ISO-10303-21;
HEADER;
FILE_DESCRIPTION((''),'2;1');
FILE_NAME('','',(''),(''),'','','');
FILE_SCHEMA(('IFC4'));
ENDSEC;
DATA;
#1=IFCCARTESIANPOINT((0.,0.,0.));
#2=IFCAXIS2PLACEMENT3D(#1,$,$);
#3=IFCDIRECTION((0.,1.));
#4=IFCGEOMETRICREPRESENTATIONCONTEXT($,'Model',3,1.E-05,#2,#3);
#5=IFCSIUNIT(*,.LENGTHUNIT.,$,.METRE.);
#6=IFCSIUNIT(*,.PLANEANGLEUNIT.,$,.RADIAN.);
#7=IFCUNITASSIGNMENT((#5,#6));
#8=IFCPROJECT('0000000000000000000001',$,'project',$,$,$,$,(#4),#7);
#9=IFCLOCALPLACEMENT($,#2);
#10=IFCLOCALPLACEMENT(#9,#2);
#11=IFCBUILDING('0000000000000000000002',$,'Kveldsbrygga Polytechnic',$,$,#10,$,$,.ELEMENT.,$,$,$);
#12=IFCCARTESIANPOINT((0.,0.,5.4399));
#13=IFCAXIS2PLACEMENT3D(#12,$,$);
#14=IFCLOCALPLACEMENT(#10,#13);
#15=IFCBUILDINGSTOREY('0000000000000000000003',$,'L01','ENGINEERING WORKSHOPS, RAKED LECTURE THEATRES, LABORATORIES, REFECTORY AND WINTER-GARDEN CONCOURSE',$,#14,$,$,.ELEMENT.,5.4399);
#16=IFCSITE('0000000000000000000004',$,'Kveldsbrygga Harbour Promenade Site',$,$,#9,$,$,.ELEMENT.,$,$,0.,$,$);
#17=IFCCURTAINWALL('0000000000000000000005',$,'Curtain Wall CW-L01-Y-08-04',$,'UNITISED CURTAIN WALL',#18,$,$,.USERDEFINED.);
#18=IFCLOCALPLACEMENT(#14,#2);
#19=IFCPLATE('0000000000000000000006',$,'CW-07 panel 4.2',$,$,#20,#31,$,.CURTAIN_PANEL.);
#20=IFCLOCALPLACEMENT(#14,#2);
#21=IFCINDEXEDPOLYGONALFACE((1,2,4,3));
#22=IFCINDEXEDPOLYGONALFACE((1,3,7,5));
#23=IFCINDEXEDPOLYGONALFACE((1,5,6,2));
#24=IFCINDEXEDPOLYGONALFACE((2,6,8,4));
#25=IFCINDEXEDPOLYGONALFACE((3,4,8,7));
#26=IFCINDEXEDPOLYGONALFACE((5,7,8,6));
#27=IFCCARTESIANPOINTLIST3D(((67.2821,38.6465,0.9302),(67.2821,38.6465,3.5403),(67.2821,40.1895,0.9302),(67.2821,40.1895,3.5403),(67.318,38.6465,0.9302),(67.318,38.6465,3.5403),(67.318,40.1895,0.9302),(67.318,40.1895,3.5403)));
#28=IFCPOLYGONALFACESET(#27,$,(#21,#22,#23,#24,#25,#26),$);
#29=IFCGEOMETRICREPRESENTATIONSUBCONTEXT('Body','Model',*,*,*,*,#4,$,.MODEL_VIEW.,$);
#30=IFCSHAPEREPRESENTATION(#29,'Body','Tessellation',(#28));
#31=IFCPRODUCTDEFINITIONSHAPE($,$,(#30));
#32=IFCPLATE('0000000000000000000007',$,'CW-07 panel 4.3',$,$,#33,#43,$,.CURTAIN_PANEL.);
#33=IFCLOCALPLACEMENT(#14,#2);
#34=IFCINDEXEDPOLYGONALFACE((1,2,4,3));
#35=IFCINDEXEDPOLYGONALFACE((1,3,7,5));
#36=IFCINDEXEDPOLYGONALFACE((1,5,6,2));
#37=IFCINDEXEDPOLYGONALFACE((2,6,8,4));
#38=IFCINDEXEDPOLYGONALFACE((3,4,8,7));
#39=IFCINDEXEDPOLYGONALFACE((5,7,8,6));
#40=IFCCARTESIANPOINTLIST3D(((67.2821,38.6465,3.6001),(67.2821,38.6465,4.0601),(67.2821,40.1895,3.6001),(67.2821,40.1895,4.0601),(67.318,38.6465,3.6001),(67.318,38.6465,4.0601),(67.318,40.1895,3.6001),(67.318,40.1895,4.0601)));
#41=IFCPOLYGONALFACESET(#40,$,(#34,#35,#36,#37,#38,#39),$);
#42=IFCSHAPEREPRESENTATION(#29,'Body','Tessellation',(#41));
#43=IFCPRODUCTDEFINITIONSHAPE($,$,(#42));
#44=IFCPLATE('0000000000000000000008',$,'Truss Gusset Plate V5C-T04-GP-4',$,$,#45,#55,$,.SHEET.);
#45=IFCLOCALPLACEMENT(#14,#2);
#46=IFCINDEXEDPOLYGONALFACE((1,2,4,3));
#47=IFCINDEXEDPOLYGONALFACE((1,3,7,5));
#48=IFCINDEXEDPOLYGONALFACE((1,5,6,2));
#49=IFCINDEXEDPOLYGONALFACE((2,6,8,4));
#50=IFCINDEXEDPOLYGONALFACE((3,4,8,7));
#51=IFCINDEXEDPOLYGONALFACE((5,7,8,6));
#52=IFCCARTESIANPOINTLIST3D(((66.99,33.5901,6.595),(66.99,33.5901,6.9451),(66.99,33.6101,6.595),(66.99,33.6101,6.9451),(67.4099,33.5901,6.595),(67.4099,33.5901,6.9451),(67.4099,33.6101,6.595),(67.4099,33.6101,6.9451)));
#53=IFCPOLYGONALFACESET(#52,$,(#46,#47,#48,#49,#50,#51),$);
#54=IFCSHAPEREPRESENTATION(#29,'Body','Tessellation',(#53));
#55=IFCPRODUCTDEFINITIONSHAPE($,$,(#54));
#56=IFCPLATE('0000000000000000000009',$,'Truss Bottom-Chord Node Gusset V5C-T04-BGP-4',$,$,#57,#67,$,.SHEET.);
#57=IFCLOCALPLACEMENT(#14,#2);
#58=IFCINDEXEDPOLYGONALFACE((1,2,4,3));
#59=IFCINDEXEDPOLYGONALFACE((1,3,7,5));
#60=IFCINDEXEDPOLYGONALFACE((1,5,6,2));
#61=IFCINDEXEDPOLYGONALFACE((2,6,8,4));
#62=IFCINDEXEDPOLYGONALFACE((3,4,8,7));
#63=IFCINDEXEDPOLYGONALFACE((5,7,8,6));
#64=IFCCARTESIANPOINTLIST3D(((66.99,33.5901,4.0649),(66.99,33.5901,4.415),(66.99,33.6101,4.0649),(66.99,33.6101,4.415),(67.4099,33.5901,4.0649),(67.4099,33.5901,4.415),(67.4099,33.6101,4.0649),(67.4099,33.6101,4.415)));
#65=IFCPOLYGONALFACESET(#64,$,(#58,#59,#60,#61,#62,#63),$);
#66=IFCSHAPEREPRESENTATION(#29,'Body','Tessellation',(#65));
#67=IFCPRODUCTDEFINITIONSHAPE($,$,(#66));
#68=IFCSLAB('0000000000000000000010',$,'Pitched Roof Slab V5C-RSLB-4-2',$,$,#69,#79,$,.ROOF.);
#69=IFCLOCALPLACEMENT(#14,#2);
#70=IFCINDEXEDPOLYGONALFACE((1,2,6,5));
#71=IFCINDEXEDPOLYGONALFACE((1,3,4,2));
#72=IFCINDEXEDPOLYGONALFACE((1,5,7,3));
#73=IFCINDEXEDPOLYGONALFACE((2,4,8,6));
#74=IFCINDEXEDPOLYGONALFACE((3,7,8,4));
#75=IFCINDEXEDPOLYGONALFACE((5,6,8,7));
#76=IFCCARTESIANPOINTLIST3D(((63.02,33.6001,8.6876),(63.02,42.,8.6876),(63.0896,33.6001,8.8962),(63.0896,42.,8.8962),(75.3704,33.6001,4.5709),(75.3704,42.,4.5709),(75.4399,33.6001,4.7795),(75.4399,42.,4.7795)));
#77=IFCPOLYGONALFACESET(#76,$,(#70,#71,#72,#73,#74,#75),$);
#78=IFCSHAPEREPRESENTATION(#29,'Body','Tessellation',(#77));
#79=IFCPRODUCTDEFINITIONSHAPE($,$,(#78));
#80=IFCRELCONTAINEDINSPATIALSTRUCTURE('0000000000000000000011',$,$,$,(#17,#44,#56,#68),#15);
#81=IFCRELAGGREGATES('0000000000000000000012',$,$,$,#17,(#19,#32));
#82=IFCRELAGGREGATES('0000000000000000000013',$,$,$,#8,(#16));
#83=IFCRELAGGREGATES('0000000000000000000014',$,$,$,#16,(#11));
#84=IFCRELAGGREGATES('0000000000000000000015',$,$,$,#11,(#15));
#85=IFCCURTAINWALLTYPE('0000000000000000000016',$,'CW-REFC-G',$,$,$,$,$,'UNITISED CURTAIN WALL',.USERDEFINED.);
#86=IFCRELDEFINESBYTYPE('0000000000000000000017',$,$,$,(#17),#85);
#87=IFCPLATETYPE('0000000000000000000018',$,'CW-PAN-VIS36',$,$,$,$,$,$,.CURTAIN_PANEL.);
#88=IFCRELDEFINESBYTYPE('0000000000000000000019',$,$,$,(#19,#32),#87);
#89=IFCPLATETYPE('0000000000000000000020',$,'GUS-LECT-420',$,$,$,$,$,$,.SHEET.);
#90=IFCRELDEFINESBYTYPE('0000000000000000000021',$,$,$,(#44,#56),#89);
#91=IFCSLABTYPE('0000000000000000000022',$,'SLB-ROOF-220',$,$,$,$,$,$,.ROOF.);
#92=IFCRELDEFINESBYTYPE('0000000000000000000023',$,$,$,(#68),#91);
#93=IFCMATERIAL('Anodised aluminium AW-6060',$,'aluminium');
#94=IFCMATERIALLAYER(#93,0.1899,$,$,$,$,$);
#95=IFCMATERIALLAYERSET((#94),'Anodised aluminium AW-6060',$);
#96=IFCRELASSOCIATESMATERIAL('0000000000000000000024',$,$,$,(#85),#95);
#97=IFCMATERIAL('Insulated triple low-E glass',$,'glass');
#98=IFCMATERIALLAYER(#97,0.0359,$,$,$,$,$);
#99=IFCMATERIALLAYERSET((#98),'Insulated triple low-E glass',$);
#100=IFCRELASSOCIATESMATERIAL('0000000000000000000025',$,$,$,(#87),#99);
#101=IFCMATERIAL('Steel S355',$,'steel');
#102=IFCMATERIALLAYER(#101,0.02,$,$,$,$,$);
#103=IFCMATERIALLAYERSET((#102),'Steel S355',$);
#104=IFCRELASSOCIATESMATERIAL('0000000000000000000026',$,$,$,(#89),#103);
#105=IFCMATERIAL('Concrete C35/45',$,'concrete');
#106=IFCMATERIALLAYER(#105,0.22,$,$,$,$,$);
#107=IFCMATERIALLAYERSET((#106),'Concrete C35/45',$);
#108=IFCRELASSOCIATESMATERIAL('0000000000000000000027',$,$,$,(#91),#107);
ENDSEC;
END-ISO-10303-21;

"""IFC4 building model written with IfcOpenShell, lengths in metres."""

from ifc_helpers import new_model, si_unit, direction, frame, origin, origin_2d, place, context, subcontext, project, spatial, polyline, rectangle, outline, extrude, material, layer, layer_set, type_object, element, aggregate, save


model = new_model("IFC4")

# Units and contexts
model_context = context("Model", 3, precision=1e-05, world=origin(), true_north=direction((0.0, 1.0)))
body_context = subcontext(model_context, "Body", "Model", "MODEL_VIEW")
ifc_project = project(units=[si_unit("LENGTHUNIT", "METRE"), si_unit("PLANEANGLEUNIT", "RADIAN")], contexts=[model_context])

# Site, building, storey
site_placement = place(None, origin())
site = spatial("IfcSite", under=ifc_project, at=site_placement, Name="Kveldsbrygga Harbour Promenade Site", CompositionType="ELEMENT", RefElevation=0.0)
building_placement = place(site_placement, origin())
building = spatial("IfcBuilding", under=site, at=building_placement, Name="Kveldsbrygga Polytechnic", CompositionType="ELEMENT")
storey_placement = place(building_placement, frame((0.0, 0.0, 5.4399)))
storey = spatial("IfcBuildingStorey", under=building, at=storey_placement, Name="L01", Description="ENGINEERING WORKSHOPS, RAKED LECTURE THEATRES, LABORATORIES, REFECTORY AND WINTER-GARDEN CONCOURSE", CompositionType="ELEMENT", Elevation=5.4399)

# Shared definitions
ifc_material_1 = material(Name="Steel S355", Category="steel")

# Curtain wall
ifc_material_2 = material(Name="Anodised aluminium AW-6060", Category="aluminium")
ifc_layer_1 = layer(ifc_material_2, 0.1899)
ifc_layer_set_1 = layer_set([ifc_layer_1], Name="Anodised aluminium AW-6060")
curtain_wall_type = type_object("IfcCurtainWallType", Name="CW-REFC-G", ElementType="UNITISED CURTAIN WALL", PredefinedType="USERDEFINED", material=ifc_layer_set_1)
curtain_wall_placement = place(storey_placement, origin())
curtain_wall = element("IfcCurtainWall", 1, at=curtain_wall_placement, inside=storey, type_object=curtain_wall_type, Name="Curtain Wall CW-L01-Y-08-04", ObjectType="UNITISED CURTAIN WALL", PredefinedType="USERDEFINED")

# Plates
ifc_material_3 = material(Name="Insulated triple low-E glass", Category="glass")
ifc_layer_2 = layer(ifc_material_3, 0.0359)
ifc_layer_set_2 = layer_set([ifc_layer_2], Name="Insulated triple low-E glass")
plate_type_1 = type_object("IfcPlateType", Name="CW-PAN-VIS36", PredefinedType="CURTAIN_PANEL", material=ifc_layer_set_2)
plate_1_placement = place(storey_placement, frame((67.3, 39.418, 0.9302), z_axis=(0.0, 0.0, 1.0), x_axis=(0.0, 1.0, 0.0)))
plate_1 = element("IfcPlate", 2, at=plate_1_placement, type_object=plate_type_1, Name="CW-07 panel 4.2", PredefinedType="CURTAIN_PANEL", context=body_context, shape_type="SweptSolid", body=[
    extrude(rectangle(XDim=1.543, YDim=0.0359, at=origin_2d()), origin(), (0.0, 0.0, 1.0), 2.6101),
])
plate_2_placement = place(storey_placement, frame((67.3, 39.418, 3.6001), z_axis=(0.0, 0.0, 1.0), x_axis=(0.0, 1.0, 0.0)))
plate_2 = element("IfcPlate", 3, at=plate_2_placement, type_object=plate_type_1, Name="CW-07 panel 4.3", PredefinedType="CURTAIN_PANEL", context=body_context, shape_type="SweptSolid", body=[
    extrude(rectangle(XDim=1.543, YDim=0.0359, at=origin_2d()), origin(), (0.0, 0.0, 1.0), 0.46),
])
aggregate(curtain_wall, [plate_1, plate_2])

# Plates
ifc_layer_3 = layer(ifc_material_1, 0.02)
ifc_layer_set_3 = layer_set([ifc_layer_3], Name="Steel S355")
plate_type_2 = type_object("IfcPlateType", Name="GUS-LECT-420", PredefinedType="SHEET", material=ifc_layer_set_3)
for number, where, z_axis, x_axis, name in (
    (4, (67.2, 33.6001, 6.595), (0.0, 0.0, 1.0), (1.0, 0.0, 0.0), "Truss Gusset Plate V5C-T04-GP-4"),
    (5, (67.2, 33.6001, 4.0649), (0.0, 0.0, 1.0), (1.0, 0.0, 0.0), "Truss Bottom-Chord Node Gusset V5C-T04-BGP-4"),
):
    element("IfcPlate", number, at=place(storey_placement, frame(where, z_axis=z_axis, x_axis=x_axis)), inside=storey, type_object=plate_type_2, Name=name, PredefinedType="SHEET", context=body_context, shape_type="SweptSolid", body=[
        extrude(rectangle(XDim=0.4199, YDim=0.02, at=origin_2d()), origin(), (0.0, 0.0, 1.0), 0.3501),
    ])

# Slab
ifc_material_4 = material(Name="Concrete C35/45", Category="concrete")
ifc_layer_4 = layer(ifc_material_4, 0.22)
ifc_layer_set_4 = layer_set([ifc_layer_4], Name="Concrete C35/45")
slab_type = type_object("IfcSlabType", Name="SLB-ROOF-220", PredefinedType="ROOF", material=ifc_layer_set_4)
slab_placement = place(storey_placement, frame((63.0896, 33.6001, 8.8962), z_axis=(0.316222, 0.0, 0.948685), x_axis=(0.948685, 0.0, -0.316222)))
element("IfcSlab", 6, at=slab_placement, inside=storey, type_object=slab_type, Name="Pitched Roof Slab V5C-RSLB-4-2", PredefinedType="ROOF", context=body_context, shape_type="SweptSolid", body=[
    extrude(outline(polyline([(0.0, 0.0), (13.0184, 0.0), (13.0184, 8.3999), (0.0, 8.3999), (0.0, 0.0)])), origin(), (0.0, 0.0, -1.0), 0.22),
])

save(model, "model.ifc")
